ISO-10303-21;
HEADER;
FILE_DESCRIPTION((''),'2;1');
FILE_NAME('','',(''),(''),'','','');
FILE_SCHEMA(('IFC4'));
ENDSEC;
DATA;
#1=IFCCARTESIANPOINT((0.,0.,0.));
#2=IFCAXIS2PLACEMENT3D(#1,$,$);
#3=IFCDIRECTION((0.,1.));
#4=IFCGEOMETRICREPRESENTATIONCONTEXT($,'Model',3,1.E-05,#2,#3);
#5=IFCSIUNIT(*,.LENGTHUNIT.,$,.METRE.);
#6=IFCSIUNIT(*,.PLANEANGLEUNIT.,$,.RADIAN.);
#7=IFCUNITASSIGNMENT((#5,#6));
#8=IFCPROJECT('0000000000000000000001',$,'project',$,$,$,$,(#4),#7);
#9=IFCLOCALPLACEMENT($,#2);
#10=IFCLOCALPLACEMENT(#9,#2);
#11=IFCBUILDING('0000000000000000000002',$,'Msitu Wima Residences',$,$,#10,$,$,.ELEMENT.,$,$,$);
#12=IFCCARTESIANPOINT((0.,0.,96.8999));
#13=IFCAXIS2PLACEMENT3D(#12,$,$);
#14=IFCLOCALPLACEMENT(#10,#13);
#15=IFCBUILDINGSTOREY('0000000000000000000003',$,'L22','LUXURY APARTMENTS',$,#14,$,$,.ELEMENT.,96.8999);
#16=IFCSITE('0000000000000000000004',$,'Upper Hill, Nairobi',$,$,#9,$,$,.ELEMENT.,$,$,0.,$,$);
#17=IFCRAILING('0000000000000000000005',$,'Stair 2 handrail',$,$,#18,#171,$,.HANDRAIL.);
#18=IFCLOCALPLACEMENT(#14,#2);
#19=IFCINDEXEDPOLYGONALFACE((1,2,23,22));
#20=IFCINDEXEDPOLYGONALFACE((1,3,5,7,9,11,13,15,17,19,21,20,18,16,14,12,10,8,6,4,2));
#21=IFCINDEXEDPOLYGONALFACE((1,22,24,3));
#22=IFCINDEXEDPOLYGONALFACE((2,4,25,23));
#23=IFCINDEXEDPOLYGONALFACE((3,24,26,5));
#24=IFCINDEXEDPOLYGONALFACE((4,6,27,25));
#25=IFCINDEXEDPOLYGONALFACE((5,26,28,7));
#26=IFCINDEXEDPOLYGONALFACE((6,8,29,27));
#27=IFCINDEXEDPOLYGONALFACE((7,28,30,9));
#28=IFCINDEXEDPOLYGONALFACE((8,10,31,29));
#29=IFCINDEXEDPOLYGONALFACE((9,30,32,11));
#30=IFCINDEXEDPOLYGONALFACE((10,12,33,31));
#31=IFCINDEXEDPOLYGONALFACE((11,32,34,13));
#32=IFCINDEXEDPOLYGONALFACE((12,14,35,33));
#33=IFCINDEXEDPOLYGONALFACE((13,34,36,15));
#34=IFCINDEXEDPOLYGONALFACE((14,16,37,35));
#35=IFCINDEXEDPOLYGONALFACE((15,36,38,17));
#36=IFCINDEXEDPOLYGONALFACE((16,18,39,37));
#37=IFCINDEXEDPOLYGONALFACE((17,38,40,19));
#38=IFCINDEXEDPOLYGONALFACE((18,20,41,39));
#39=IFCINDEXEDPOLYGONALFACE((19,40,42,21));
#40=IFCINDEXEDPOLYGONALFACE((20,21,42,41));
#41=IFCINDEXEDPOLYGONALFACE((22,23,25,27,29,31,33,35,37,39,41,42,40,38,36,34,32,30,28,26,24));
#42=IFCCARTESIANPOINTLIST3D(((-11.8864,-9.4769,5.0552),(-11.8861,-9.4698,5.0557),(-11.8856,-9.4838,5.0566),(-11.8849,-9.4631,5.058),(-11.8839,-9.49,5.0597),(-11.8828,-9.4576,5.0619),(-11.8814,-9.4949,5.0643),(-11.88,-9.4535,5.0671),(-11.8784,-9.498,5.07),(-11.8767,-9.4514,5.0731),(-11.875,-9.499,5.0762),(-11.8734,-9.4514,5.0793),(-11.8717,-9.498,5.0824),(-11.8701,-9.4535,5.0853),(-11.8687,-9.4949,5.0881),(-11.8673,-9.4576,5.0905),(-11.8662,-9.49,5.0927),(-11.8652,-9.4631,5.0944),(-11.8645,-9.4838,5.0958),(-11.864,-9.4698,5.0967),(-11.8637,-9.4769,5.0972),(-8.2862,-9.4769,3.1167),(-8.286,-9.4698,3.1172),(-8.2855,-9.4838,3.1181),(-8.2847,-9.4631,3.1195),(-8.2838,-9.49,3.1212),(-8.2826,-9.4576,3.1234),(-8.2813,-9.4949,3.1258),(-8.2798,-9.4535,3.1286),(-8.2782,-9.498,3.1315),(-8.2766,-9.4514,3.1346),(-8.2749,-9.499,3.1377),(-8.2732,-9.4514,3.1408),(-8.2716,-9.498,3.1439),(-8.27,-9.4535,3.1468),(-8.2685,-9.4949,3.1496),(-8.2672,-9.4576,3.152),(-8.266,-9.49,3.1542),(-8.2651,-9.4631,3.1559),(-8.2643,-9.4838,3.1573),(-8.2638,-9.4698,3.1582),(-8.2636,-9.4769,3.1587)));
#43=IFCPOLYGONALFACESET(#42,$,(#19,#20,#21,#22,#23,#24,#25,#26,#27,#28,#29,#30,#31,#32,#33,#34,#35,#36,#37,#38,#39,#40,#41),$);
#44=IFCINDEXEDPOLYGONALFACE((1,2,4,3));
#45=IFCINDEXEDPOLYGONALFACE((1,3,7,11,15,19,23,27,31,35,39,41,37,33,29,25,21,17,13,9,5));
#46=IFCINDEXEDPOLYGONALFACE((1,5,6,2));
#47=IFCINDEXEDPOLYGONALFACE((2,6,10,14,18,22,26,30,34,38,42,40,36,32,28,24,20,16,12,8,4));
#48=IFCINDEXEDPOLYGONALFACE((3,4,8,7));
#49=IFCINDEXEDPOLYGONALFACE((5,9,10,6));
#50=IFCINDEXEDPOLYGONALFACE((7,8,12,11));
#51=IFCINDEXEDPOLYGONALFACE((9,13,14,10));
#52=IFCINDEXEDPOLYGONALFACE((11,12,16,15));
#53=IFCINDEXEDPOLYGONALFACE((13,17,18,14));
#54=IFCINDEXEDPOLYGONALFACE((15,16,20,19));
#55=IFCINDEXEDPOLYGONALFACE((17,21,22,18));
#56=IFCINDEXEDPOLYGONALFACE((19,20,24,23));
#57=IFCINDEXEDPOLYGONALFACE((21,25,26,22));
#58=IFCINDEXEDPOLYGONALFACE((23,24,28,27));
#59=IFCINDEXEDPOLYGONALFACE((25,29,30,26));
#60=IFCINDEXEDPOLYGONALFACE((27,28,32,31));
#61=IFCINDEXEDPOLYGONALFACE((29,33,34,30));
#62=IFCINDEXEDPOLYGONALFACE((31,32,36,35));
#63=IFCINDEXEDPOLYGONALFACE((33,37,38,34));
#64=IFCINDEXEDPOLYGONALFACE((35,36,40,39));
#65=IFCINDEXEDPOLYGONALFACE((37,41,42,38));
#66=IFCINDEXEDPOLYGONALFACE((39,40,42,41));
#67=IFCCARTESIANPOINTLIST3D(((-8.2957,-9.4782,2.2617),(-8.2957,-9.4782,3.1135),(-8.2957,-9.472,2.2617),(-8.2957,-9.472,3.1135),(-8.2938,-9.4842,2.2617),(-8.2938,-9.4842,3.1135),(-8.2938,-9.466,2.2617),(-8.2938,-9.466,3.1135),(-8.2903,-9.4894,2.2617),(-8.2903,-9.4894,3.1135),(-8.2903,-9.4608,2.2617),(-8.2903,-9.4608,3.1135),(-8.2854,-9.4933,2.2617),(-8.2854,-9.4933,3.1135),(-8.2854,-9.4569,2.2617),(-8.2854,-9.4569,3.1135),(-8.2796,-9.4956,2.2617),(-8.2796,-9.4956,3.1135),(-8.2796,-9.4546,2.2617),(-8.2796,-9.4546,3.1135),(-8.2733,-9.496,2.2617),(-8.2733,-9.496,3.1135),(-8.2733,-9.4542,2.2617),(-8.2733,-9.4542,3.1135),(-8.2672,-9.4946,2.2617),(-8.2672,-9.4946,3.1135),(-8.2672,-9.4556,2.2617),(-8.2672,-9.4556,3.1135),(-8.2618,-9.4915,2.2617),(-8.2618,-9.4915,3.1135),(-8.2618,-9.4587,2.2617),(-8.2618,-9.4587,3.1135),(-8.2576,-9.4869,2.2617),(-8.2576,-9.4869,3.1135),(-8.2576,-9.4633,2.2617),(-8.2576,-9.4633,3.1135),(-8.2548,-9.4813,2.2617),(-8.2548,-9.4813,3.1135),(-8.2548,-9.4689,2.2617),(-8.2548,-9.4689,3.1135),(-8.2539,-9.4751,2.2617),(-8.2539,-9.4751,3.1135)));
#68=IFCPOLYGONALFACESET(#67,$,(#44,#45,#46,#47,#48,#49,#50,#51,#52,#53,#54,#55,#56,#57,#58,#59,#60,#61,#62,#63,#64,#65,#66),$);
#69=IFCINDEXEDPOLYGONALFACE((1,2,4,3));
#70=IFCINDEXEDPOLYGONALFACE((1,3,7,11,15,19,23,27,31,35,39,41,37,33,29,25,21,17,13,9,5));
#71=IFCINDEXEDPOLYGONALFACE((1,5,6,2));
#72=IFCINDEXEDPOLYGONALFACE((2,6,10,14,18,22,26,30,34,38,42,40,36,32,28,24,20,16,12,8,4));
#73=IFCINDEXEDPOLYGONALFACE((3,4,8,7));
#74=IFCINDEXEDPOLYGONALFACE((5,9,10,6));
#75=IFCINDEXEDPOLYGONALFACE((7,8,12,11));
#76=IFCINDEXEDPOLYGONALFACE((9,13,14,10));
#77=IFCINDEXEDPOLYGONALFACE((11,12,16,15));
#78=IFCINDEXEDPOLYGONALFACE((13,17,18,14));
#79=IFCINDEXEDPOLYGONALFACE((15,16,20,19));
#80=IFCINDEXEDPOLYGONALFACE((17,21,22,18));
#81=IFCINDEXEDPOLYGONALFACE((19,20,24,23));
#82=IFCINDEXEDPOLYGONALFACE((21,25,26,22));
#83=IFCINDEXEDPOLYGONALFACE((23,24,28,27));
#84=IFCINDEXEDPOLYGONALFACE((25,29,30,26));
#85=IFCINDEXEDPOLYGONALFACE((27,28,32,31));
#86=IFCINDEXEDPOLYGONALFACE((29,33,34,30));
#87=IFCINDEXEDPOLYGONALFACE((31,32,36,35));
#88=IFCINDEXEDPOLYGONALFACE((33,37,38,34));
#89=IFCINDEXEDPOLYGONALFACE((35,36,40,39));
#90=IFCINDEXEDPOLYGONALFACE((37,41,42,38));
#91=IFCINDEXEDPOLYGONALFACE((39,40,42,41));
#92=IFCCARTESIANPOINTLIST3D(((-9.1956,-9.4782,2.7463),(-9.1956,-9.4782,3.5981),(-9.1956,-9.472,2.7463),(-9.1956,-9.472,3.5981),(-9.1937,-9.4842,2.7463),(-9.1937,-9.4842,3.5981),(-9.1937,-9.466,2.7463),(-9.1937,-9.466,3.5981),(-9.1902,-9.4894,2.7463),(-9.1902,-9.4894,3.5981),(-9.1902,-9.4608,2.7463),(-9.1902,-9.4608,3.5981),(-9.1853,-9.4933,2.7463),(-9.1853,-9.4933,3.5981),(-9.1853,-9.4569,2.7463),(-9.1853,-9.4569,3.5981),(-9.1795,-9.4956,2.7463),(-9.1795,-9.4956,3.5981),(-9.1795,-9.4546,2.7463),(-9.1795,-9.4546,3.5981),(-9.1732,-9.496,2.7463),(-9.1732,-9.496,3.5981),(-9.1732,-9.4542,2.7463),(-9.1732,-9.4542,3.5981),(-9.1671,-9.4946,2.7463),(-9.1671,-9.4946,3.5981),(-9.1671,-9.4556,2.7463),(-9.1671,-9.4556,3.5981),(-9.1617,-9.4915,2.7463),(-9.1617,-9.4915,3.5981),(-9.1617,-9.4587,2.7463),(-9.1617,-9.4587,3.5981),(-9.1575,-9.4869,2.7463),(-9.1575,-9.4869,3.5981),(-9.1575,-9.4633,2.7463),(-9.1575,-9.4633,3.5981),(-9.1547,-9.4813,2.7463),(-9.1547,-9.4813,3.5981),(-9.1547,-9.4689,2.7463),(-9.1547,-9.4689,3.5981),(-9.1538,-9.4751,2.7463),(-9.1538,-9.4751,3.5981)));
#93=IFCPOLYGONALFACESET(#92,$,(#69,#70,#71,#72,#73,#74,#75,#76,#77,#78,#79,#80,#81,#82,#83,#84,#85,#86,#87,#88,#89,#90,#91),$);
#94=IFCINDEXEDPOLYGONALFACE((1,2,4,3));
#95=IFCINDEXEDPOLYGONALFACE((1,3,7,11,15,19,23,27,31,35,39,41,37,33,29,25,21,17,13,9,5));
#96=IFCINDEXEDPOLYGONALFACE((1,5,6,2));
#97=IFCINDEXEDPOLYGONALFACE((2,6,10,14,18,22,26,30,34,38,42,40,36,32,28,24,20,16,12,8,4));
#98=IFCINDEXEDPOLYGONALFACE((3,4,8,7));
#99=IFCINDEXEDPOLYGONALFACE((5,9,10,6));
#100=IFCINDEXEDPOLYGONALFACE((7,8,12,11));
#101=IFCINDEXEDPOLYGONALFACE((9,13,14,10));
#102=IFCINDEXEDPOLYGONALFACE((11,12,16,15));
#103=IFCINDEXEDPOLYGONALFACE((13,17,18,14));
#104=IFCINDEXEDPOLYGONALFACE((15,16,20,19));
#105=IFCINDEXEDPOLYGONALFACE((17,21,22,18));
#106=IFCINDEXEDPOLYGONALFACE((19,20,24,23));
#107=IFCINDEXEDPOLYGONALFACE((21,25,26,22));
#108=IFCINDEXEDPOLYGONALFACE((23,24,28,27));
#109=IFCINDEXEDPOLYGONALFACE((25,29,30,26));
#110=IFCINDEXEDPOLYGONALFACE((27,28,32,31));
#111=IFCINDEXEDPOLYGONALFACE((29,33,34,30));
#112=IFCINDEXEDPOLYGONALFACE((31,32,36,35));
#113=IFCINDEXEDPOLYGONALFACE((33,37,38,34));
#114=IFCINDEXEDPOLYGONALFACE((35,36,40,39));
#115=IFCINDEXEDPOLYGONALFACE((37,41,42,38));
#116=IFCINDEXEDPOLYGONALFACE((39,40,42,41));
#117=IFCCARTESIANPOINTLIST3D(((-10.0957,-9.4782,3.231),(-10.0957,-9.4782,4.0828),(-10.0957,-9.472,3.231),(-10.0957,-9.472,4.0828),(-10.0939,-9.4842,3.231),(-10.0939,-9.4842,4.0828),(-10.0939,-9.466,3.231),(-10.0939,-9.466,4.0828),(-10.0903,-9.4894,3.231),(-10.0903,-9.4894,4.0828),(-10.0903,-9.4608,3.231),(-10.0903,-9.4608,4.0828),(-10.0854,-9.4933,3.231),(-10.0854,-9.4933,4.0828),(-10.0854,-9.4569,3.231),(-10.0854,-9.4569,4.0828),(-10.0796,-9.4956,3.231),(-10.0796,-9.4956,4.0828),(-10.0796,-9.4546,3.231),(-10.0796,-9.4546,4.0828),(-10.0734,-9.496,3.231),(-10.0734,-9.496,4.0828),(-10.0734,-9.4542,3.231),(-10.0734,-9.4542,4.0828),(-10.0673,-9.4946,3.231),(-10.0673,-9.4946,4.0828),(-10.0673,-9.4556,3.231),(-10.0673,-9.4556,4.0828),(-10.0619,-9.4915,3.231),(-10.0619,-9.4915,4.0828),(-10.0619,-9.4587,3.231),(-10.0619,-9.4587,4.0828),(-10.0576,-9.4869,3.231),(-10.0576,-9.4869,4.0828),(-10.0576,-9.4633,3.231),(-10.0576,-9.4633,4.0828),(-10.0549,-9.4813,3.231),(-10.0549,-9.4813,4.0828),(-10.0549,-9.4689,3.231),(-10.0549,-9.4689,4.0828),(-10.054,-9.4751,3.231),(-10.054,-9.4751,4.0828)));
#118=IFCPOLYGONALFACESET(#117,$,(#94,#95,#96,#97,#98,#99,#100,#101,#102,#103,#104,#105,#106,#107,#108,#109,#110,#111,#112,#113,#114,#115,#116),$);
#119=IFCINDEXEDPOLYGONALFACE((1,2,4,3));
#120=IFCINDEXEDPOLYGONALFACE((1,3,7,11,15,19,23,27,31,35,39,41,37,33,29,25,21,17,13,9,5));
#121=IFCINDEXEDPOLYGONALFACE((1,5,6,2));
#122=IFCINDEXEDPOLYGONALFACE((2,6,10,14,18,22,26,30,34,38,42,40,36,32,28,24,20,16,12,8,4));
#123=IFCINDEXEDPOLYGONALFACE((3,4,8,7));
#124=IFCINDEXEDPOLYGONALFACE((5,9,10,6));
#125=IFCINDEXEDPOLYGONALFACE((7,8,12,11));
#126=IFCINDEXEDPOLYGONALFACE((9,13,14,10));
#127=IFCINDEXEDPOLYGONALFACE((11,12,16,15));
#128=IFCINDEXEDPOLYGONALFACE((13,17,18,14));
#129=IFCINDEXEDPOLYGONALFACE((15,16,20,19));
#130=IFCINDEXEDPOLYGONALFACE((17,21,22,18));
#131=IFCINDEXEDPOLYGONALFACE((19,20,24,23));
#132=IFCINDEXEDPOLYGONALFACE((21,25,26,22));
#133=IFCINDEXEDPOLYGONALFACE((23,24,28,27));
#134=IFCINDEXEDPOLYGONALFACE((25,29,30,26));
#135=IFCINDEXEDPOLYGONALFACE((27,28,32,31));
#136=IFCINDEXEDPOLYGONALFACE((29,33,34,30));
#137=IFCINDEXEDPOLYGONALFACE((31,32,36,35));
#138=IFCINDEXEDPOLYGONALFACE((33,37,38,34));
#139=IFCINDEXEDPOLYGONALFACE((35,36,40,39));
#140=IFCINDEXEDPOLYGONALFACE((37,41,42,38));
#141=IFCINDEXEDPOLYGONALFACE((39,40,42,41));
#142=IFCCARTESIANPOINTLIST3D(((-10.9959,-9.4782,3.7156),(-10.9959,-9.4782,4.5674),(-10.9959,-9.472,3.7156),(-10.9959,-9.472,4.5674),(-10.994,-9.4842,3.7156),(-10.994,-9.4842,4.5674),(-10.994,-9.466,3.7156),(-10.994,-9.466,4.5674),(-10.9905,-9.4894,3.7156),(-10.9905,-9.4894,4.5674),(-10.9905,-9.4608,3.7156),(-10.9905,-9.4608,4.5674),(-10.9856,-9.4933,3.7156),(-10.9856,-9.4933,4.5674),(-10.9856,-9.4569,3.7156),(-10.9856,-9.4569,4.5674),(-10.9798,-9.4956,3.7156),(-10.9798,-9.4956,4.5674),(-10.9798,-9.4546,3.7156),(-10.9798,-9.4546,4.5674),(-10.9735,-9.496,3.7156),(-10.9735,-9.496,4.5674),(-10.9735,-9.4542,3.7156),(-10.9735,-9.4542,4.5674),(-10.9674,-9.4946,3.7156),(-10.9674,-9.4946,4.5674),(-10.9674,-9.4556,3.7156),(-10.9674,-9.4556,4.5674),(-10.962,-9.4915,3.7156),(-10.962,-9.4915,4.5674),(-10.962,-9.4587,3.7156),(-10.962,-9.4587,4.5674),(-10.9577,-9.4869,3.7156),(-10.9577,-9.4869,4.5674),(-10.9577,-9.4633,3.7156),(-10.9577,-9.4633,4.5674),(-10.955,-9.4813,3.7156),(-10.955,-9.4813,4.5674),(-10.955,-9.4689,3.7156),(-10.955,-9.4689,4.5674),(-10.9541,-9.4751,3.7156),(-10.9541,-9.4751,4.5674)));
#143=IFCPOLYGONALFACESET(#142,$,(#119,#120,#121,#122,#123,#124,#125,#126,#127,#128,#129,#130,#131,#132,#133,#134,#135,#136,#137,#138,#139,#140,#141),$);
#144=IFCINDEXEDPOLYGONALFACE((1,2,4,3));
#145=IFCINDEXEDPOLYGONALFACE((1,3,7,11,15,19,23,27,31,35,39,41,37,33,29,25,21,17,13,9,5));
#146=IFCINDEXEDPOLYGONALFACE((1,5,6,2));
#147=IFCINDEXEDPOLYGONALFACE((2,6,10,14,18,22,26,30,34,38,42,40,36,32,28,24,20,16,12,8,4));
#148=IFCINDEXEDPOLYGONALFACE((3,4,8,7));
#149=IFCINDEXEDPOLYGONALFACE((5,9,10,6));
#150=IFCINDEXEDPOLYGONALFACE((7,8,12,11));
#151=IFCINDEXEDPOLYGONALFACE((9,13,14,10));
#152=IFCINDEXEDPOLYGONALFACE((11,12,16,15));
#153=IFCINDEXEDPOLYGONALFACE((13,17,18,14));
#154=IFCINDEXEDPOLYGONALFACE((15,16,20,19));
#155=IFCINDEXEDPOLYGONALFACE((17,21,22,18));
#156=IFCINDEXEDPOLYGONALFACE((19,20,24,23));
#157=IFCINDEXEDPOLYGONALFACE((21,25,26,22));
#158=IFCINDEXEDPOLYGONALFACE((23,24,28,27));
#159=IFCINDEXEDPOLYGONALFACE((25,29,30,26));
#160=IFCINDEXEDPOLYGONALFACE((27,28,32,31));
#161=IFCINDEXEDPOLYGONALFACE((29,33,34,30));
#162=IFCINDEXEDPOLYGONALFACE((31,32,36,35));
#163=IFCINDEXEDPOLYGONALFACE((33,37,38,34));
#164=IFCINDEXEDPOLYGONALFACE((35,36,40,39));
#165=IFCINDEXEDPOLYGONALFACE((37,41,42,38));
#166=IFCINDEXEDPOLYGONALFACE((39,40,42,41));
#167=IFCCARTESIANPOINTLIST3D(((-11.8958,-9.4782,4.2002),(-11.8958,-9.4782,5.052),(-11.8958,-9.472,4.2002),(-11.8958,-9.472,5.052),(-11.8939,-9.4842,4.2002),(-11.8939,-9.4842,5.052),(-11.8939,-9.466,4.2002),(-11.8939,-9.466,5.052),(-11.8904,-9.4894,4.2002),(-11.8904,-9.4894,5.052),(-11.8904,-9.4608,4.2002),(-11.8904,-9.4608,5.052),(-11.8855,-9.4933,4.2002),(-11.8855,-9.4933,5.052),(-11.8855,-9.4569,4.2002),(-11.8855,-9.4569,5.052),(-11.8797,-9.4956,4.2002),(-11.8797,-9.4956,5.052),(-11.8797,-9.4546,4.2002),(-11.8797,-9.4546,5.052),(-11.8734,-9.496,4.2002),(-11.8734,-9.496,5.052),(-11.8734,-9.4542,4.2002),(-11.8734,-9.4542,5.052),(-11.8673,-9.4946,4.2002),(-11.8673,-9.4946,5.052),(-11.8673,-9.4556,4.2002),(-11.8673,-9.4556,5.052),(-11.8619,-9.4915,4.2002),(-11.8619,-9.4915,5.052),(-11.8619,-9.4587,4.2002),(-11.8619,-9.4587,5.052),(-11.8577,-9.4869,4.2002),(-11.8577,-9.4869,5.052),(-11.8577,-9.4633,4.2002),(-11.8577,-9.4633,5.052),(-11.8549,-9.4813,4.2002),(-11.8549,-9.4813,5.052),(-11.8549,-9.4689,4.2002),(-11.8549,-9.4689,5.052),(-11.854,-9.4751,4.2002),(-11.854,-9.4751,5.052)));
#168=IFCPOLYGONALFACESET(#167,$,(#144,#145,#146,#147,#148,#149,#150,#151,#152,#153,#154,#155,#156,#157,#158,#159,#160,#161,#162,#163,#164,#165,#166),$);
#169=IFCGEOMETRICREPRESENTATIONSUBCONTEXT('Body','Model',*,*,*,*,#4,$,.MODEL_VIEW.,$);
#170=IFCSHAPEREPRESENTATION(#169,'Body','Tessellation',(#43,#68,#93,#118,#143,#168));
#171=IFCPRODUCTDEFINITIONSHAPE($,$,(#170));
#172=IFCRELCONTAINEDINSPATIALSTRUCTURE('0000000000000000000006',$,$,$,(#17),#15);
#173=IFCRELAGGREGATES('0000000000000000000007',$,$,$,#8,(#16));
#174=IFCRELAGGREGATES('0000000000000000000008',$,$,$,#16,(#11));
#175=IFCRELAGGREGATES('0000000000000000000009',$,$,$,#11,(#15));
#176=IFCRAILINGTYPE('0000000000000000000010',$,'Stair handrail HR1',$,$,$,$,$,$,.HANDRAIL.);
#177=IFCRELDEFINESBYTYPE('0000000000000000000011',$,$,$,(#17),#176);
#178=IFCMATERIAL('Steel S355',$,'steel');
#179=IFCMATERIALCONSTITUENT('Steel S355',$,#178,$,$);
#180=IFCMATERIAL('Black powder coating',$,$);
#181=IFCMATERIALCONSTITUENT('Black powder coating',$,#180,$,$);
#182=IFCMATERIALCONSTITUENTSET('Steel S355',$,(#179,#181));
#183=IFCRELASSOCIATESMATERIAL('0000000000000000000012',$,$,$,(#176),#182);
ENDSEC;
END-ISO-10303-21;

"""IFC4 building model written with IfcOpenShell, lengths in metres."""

from ifc_helpers import new_model, si_unit, direction, frame, origin, origin_2d, place, context, subcontext, project, spatial, circle, extrude, material, constituent, constituent_set, type_object, element, save


model = new_model("IFC4")

# Units and contexts
model_context = context("Model", 3, precision=1e-05, world=origin(), true_north=direction((0.0, 1.0)))
body_context = subcontext(model_context, "Body", "Model", "MODEL_VIEW")
ifc_project = project(units=[si_unit("LENGTHUNIT", "METRE"), si_unit("PLANEANGLEUNIT", "RADIAN")], contexts=[model_context])

# Site, building, storey
site_placement = place(None, origin())
site = spatial("IfcSite", under=ifc_project, at=site_placement, Name="Upper Hill, Nairobi", CompositionType="ELEMENT", RefElevation=0.0)
building_placement = place(site_placement, origin())
building = spatial("IfcBuilding", under=site, at=building_placement, Name="Msitu Wima Residences", CompositionType="ELEMENT")
storey_placement = place(building_placement, frame((0.0, 0.0, 96.8999)))
storey = spatial("IfcBuildingStorey", under=building, at=storey_placement, Name="L22", Description="LUXURY APARTMENTS", CompositionType="ELEMENT", Elevation=96.8999)

# Railing
ifc_material_1 = material(Name="Steel S355", Category="steel")
ifc_constituent_1 = constituent(ifc_material_1, Name="Steel S355")
ifc_material_2 = material(Name="Black powder coating")
ifc_constituent_2 = constituent(ifc_material_2, Name="Black powder coating")
ifc_constituent_set = constituent_set(constituents=[ifc_constituent_1, ifc_constituent_2], Name="Steel S355")
railing_type = type_object("IfcRailingType", Name="Stair handrail HR1", PredefinedType="HANDRAIL", material=ifc_constituent_set)
for number, where, name in (
    (1, (-8.2749, -9.4751, 2.2617), "Stair 2 handrail"),
):
    element("IfcRailing", number, at=place(storey_placement, frame(where)), inside=storey, type_object=railing_type, Name=name, PredefinedType="HANDRAIL", context=body_context, shape_type="SweptSolid", body=[
        extrude(circle(Radius=0.0239, at=origin_2d()), frame((0.0, 0.0, 0.876), z_axis=(-0.880475, 0.0, 0.474093), x_axis=(0.0, -1.0, 0.0)), (0.0, 0.0, 1.0), 4.0889),
        extrude(circle(Radius=0.021, at=origin_2d()), origin(), (0.0, 0.0, 1.0), 0.8518),
        extrude(circle(Radius=0.021, at=origin_2d()), frame((-0.8999, 0.0, 0.4846)), (0.0, 0.0, 1.0), 0.8518),
        extrude(circle(Radius=0.021, at=origin_2d()), frame((-1.8, 0.0, 0.9692)), (0.0, 0.0, 1.0), 0.8518),
        extrude(circle(Radius=0.021, at=origin_2d()), frame((-2.7002, 0.0, 1.4539)), (0.0, 0.0, 1.0), 0.8518),
        extrude(circle(Radius=0.021, at=origin_2d()), frame((-3.6001, 0.0, 1.9385)), (0.0, 0.0, 1.0), 0.8518),
    ])

save(model, "model.ifc")
